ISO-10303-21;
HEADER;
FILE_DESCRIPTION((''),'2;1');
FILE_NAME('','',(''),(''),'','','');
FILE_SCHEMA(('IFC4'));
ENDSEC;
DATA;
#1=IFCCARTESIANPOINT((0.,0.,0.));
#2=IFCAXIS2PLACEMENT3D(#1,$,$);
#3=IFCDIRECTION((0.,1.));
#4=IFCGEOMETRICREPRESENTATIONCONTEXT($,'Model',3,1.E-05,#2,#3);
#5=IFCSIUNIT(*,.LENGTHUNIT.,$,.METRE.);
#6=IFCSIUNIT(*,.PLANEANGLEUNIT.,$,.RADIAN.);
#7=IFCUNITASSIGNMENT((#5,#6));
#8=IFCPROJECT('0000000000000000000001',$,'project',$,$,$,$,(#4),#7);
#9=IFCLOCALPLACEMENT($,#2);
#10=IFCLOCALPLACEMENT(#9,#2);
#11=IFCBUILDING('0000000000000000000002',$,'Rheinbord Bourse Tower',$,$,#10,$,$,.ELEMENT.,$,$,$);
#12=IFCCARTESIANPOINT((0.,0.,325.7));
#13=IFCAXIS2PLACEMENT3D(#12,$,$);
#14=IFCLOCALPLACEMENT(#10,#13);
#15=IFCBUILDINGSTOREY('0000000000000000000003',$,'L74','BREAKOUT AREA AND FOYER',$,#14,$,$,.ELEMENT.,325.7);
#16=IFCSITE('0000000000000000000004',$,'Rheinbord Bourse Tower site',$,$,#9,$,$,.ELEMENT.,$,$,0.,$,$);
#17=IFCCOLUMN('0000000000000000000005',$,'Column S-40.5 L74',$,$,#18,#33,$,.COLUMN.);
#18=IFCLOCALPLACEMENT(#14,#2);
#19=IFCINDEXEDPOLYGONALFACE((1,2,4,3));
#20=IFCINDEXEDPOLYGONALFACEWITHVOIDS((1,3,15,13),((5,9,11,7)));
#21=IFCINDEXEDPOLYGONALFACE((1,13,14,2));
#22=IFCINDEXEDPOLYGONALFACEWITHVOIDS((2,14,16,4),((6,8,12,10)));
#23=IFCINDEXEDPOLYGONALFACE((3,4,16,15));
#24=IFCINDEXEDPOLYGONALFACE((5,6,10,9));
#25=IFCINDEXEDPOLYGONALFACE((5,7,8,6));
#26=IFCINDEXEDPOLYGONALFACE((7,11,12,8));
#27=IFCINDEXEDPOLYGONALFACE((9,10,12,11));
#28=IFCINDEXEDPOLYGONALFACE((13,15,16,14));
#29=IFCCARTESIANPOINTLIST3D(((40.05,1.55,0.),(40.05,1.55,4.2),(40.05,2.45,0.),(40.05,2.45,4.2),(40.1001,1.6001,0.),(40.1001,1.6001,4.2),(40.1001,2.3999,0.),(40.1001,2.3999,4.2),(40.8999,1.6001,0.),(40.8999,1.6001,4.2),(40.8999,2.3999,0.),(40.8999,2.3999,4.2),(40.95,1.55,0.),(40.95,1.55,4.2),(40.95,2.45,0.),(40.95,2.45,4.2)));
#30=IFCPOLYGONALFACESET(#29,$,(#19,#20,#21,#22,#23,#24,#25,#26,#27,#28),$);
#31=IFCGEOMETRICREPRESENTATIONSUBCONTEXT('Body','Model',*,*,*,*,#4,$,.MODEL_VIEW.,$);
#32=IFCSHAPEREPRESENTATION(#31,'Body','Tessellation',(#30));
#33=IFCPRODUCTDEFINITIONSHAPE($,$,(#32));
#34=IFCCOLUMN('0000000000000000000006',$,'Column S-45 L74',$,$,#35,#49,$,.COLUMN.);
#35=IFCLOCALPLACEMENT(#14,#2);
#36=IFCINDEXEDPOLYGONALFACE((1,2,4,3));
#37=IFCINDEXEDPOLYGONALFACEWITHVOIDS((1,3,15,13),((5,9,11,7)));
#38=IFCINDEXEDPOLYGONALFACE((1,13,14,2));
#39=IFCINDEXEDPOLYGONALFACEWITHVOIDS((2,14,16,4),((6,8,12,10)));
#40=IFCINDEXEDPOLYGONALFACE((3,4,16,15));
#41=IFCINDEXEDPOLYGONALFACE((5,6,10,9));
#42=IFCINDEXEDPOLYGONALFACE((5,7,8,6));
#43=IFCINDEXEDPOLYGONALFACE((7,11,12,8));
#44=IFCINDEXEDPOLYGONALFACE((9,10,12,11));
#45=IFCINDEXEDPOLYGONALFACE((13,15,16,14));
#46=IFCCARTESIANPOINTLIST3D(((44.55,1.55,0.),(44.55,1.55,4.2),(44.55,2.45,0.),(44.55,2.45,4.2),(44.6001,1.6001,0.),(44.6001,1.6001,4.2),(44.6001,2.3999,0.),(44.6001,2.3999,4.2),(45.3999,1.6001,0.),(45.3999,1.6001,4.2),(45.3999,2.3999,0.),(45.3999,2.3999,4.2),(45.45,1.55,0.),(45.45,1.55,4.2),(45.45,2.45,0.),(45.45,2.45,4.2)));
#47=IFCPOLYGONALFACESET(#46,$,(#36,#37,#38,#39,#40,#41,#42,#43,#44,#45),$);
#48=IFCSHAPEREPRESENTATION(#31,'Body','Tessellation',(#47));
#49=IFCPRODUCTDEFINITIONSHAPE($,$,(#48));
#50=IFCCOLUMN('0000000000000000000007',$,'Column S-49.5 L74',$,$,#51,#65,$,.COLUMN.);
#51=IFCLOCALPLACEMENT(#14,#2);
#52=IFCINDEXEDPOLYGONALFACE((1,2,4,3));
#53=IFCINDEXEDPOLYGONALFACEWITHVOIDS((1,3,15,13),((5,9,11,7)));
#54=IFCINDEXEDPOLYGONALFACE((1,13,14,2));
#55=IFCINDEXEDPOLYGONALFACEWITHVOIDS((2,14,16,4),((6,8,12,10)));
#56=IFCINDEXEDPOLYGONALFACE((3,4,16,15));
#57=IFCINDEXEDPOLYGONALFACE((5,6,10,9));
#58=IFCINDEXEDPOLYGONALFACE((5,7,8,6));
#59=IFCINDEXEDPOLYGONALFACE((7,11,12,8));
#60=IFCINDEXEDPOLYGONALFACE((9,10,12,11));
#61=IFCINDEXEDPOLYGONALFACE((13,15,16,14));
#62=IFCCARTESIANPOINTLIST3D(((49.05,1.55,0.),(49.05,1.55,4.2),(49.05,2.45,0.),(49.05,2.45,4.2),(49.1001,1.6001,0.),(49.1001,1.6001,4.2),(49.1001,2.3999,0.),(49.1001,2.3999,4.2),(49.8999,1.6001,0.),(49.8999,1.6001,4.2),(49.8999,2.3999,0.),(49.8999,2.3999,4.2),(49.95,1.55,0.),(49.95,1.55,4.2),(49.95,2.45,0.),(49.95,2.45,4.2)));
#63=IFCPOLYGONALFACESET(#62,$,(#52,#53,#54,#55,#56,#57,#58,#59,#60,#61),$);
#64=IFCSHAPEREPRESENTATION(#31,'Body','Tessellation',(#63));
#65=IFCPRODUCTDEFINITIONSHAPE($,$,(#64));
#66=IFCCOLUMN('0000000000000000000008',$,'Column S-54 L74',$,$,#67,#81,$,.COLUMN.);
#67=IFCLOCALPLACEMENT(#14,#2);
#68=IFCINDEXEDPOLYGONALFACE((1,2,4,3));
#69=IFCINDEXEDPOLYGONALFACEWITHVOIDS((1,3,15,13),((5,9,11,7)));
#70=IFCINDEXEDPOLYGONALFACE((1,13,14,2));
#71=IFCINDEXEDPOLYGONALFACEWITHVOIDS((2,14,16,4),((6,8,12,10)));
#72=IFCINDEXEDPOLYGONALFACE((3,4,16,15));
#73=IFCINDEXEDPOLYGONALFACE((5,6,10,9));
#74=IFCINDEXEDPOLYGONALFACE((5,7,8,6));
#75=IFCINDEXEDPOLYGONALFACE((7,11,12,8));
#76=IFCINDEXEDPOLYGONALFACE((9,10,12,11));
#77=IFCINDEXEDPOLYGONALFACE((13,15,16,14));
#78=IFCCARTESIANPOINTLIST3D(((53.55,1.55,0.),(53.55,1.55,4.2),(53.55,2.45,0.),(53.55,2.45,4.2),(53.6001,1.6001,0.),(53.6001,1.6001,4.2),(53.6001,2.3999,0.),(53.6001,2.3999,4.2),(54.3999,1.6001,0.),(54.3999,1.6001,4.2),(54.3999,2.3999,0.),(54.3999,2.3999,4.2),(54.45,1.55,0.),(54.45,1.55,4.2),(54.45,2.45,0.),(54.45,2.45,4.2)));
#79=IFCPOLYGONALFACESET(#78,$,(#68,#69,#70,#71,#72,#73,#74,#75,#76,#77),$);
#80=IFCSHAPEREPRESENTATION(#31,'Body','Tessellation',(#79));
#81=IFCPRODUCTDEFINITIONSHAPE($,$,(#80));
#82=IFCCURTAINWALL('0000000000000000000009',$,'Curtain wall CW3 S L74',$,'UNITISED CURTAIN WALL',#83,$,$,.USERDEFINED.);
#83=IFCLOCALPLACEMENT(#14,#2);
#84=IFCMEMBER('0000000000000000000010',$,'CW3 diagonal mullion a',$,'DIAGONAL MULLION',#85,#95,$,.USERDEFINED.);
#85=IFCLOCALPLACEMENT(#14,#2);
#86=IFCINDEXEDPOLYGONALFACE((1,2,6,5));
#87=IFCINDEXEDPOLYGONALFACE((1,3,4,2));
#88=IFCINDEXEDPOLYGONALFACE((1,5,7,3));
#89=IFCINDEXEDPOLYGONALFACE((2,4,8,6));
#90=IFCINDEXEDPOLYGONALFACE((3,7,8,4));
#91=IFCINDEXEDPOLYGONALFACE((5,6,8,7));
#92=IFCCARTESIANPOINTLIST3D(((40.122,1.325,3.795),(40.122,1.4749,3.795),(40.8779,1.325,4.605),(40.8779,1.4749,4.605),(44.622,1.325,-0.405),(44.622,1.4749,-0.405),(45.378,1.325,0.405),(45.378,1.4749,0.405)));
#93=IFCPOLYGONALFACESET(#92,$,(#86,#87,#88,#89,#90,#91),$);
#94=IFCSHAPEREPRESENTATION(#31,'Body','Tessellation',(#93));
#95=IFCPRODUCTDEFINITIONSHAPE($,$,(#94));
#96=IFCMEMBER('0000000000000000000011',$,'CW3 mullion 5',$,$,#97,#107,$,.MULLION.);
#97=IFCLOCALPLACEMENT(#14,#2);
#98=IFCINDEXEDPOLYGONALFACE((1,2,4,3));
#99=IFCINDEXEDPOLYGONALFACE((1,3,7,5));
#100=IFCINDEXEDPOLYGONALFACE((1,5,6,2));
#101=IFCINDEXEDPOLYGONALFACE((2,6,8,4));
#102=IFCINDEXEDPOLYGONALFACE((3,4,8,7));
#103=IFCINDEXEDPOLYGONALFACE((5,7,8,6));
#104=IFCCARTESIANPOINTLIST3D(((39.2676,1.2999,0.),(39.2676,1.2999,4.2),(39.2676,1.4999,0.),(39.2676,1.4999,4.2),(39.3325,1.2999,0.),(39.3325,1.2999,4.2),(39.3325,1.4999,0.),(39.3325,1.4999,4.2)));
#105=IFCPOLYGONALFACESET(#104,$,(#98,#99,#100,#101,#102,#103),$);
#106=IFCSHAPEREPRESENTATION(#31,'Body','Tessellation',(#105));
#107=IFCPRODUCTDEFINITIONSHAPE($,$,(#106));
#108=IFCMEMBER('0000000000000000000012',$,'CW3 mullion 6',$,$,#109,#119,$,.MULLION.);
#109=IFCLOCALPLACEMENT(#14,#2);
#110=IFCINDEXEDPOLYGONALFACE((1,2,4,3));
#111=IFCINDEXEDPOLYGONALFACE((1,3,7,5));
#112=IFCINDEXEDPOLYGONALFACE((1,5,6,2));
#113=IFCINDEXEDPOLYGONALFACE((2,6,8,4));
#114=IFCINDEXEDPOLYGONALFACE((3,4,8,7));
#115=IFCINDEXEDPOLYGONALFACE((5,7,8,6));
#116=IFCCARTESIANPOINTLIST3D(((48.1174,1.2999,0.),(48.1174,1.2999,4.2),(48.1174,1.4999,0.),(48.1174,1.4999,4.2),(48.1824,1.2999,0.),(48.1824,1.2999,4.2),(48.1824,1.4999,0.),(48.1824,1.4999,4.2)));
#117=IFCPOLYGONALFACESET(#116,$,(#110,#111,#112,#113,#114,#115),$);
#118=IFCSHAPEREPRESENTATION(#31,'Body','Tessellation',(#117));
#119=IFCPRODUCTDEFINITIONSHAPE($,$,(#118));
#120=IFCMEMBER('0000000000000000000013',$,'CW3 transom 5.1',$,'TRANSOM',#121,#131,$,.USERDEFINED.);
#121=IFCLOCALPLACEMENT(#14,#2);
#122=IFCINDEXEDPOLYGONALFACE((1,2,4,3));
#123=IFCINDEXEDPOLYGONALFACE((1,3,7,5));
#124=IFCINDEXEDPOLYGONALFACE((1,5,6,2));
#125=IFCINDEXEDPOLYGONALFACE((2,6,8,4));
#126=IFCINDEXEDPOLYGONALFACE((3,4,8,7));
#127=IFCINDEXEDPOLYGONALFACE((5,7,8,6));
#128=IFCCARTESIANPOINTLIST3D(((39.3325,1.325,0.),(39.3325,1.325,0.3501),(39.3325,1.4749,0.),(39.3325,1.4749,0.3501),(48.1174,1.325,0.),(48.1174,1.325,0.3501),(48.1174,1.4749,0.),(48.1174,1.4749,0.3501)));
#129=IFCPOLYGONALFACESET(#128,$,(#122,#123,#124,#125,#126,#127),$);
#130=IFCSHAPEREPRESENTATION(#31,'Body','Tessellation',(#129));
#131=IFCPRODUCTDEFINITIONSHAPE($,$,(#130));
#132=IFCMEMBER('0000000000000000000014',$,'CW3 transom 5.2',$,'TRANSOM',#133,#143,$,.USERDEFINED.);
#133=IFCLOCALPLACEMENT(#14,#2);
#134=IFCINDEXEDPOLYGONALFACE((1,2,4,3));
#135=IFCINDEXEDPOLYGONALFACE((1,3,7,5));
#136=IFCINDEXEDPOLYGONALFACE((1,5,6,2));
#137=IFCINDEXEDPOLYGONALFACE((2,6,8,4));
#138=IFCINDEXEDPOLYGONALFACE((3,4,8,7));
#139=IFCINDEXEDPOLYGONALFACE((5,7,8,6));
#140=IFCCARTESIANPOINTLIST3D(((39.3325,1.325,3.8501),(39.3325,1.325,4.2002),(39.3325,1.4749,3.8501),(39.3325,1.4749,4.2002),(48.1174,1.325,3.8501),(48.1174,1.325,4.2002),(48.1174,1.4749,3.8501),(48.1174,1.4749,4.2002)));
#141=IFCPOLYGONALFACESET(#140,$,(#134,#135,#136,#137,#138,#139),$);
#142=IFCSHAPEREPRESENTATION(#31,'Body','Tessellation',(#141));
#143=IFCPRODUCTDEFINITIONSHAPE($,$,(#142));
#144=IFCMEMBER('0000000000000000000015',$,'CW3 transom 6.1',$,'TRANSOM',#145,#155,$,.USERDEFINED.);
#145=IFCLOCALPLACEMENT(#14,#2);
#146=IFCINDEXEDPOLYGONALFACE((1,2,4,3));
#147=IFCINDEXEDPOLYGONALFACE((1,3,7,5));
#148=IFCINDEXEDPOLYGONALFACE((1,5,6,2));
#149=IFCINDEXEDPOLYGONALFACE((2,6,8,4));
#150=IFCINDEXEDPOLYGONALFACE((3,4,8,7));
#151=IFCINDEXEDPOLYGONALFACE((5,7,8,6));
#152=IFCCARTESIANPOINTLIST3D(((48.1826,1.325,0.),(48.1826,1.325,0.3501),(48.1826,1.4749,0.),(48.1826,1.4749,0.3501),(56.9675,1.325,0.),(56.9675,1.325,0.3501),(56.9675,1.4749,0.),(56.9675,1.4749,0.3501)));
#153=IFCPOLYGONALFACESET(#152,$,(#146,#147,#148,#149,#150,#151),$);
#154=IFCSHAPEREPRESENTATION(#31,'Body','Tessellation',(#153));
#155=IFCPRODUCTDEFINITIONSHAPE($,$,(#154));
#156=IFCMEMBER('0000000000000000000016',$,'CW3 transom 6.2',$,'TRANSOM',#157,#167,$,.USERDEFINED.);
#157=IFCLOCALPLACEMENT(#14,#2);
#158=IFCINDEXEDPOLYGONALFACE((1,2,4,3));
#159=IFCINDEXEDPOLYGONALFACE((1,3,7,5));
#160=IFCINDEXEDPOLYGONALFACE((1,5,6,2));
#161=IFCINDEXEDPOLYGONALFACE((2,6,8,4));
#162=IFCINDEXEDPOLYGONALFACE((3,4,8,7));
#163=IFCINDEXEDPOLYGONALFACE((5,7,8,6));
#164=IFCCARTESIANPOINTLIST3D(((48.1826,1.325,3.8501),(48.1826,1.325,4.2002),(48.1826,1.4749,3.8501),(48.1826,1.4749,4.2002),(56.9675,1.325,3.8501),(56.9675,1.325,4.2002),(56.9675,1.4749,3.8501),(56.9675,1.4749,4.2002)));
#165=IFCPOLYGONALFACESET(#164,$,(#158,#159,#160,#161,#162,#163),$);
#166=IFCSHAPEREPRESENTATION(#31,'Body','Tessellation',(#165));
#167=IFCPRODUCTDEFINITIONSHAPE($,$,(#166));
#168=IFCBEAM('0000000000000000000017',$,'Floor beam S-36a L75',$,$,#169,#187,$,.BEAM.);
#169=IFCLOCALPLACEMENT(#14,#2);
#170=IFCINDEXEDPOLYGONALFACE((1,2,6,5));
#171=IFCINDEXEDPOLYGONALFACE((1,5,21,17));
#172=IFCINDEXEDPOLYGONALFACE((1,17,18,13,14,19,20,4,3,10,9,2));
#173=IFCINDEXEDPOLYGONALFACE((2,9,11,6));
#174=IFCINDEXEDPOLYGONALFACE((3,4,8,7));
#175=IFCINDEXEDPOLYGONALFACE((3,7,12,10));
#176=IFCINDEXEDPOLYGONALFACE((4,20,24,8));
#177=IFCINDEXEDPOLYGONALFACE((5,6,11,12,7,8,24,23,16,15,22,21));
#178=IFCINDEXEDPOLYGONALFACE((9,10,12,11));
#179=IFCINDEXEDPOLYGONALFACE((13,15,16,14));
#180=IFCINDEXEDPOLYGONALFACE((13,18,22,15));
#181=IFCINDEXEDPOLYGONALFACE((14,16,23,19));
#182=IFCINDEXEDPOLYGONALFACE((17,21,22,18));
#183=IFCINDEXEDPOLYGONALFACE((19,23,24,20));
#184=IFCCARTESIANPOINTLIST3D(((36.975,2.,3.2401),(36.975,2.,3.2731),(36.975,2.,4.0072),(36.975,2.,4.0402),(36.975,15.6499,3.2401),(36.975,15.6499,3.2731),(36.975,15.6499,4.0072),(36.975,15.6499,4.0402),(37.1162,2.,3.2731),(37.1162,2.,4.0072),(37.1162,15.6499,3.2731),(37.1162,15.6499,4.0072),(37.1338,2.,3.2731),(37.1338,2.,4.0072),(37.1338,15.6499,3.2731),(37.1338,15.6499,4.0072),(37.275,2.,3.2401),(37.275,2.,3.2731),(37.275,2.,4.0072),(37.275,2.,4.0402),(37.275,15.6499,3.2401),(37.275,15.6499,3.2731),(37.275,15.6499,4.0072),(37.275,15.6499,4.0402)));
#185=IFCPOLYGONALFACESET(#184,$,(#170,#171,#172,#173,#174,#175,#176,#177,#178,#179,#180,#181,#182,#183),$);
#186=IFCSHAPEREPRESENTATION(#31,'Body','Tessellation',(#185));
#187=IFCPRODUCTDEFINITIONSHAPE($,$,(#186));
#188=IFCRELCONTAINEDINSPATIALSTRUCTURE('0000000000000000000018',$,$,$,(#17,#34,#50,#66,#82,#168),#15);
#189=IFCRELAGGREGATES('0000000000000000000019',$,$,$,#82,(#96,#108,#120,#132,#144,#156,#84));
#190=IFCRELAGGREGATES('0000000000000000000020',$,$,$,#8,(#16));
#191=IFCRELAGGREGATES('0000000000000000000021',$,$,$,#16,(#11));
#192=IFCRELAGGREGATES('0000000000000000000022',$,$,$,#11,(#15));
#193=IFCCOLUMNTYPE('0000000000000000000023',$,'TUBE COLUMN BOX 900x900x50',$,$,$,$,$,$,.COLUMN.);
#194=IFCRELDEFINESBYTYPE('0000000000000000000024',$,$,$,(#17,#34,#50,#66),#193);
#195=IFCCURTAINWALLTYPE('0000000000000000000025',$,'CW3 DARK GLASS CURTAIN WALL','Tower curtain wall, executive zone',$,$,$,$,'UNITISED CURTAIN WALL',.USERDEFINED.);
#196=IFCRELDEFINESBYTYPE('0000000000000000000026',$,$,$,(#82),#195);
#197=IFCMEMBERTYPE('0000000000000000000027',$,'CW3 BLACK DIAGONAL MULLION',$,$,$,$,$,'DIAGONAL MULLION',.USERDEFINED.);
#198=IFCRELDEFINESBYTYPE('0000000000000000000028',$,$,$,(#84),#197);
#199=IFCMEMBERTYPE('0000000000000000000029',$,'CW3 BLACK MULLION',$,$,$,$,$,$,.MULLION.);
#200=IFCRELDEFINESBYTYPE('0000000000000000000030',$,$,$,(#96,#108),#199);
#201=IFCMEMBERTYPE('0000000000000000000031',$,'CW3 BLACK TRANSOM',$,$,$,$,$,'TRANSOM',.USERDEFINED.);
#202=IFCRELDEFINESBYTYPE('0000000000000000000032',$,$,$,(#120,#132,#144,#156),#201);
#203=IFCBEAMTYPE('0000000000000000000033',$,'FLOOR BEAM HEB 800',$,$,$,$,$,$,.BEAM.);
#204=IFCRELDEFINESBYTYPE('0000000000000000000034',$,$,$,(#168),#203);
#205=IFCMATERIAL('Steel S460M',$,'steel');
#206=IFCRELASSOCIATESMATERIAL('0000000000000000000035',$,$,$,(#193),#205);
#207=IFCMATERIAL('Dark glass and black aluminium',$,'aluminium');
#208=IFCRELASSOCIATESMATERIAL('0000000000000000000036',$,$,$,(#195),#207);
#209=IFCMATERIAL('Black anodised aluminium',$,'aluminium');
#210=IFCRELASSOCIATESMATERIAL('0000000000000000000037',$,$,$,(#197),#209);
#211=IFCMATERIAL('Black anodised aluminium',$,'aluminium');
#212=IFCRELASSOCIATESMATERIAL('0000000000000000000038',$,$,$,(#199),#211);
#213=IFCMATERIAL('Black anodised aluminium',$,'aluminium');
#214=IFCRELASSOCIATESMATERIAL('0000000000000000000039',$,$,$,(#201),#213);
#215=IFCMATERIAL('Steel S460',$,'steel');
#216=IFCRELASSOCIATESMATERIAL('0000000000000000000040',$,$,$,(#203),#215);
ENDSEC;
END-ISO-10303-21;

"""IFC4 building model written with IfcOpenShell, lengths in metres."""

from ifc_helpers import new_model, si_unit, direction, frame, origin, origin_2d, place, context, subcontext, project, spatial, rectangle, hollow_rectangle, i_section, extrude, material, material_profile, profile_set, type_object, element, aggregate, save


model = new_model("IFC4")

# Units and contexts
model_context = context("Model", 3, precision=1e-05, world=origin(), true_north=direction((0.0, 1.0)))
body_context = subcontext(model_context, "Body", "Model", "MODEL_VIEW")
ifc_project = project(units=[si_unit("LENGTHUNIT", "METRE"), si_unit("PLANEANGLEUNIT", "RADIAN")], contexts=[model_context])

# Site, building, storey
site_placement = place(None, origin())
site = spatial("IfcSite", under=ifc_project, at=site_placement, Name="Rheinbord Bourse Tower site", CompositionType="ELEMENT", RefElevation=0.0)
building_placement = place(site_placement, origin())
building = spatial("IfcBuilding", under=site, at=building_placement, Name="Rheinbord Bourse Tower", CompositionType="ELEMENT")
storey_placement = place(building_placement, frame((0.0, 0.0, 325.7)))
storey = spatial("IfcBuildingStorey", under=building, at=storey_placement, Name="L74", Description="BREAKOUT AREA AND FOYER", CompositionType="ELEMENT", Elevation=325.7)

# Columns
ifc_material_1 = material(Name="Steel S460M", Category="steel")
ifc_material_profile_1 = material_profile(ifc_material_1, hollow_rectangle(XDim=0.8999, YDim=0.8999, WallThickness=0.05, at=origin_2d()), Name="BOX 900x900x50")
ifc_profile_set_1 = profile_set([ifc_material_profile_1], Name="Steel S460M")
column_type = type_object("IfcColumnType", Name="TUBE COLUMN BOX 900x900x50", PredefinedType="COLUMN", material=ifc_profile_set_1)
for number, where, z_axis, x_axis, name in (
    (1, (40.5, 2.0, 0.0), (0.0, 0.0, 1.0), (0.0, 1.0, 0.0), "Column S-40.5 L74"),
    (2, (45.0, 2.0, 0.0), (0.0, 0.0, 1.0), (0.0, 1.0, 0.0), "Column S-45 L74"),
    (3, (49.5, 2.0, 0.0), (0.0, 0.0, 1.0), (0.0, 1.0, 0.0), "Column S-49.5 L74"),
    (4, (54.0, 2.0, 0.0), (0.0, 0.0, 1.0), (0.0, 1.0, 0.0), "Column S-54 L74"),
):
    element("IfcColumn", number, at=place(storey_placement, frame(where, z_axis=z_axis, x_axis=x_axis)), inside=storey, type_object=column_type, Name=name, PredefinedType="COLUMN", context=body_context, shape_type="SweptSolid", body=[
        extrude(hollow_rectangle(XDim=0.8999, YDim=0.8999, WallThickness=0.05, at=origin_2d()), origin(), (0.0, 0.0, 1.0), 4.2),
    ])

# Curtain wall, members
ifc_material_2 = material(Name="Dark glass and black aluminium", Category="aluminium")
curtain_wall_type = type_object("IfcCurtainWallType", Name="CW3 DARK GLASS CURTAIN WALL", Description="Tower curtain wall, executive zone", ElementType="UNITISED CURTAIN WALL", PredefinedType="USERDEFINED", material=ifc_material_2)
curtain_wall_placement = place(storey_placement, origin())
curtain_wall = element("IfcCurtainWall", 5, at=curtain_wall_placement, inside=storey, type_object=curtain_wall_type, Name="Curtain wall CW3 S L74", ObjectType="UNITISED CURTAIN WALL", PredefinedType="USERDEFINED")
ifc_material_3 = material(Name="Black anodised aluminium", Category="aluminium")
ifc_material_profile_2 = material_profile(ifc_material_3, rectangle(XDim=0.1499, YDim=1.1079, at=origin_2d()), Name="CW3 DIAGONAL MULLION 1108x150")
ifc_profile_set_2 = profile_set([ifc_material_profile_2], Name="Black anodised aluminium")
member_type_1 = type_object("IfcMemberType", Name="CW3 BLACK DIAGONAL MULLION", ElementType="DIAGONAL MULLION", PredefinedType="USERDEFINED", material=ifc_profile_set_2)
member_1_placement = place(storey_placement, frame((45.0, 1.3999, 0.0), z_axis=(-0.731059, 0.0, 0.682314), x_axis=(0.0, -1.0, 0.0)))
member_1 = element("IfcMember", 6, at=member_1_placement, type_object=member_type_1, Name="CW3 diagonal mullion a", ObjectType="DIAGONAL MULLION", PredefinedType="USERDEFINED", context=body_context, shape_type="SweptSolid", body=[
    extrude(rectangle(XDim=0.1499, YDim=1.1079, at=origin_2d()), origin(), (0.0, 0.0, 1.0), 6.1555),
])
ifc_material_4 = material(Name="Black anodised aluminium", Category="aluminium")
ifc_material_profile_3 = material_profile(ifc_material_4, rectangle(XDim=0.2, YDim=0.0649, at=origin_2d()), Name="CW3 MULLION 65x200")
ifc_profile_set_3 = profile_set([ifc_material_profile_3], Name="Black anodised aluminium")
member_type_2 = type_object("IfcMemberType", Name="CW3 BLACK MULLION", PredefinedType="MULLION", material=ifc_profile_set_3)
member_2_placement = place(storey_placement, frame((39.3, 1.3999, 0.0), z_axis=(0.0, 0.0, 1.0), x_axis=(0.0, 1.0, 0.0)))
member_2 = element("IfcMember", 7, at=member_2_placement, type_object=member_type_2, Name="CW3 mullion 5", PredefinedType="MULLION", context=body_context, shape_type="SweptSolid", body=[
    extrude(rectangle(XDim=0.2, YDim=0.0649, at=origin_2d()), origin(), (0.0, 0.0, 1.0), 4.2),
])
member_3_placement = place(storey_placement, frame((48.1499, 1.3999, 0.0), z_axis=(0.0, 0.0, 1.0), x_axis=(0.0, 1.0, 0.0)))
member_3 = element("IfcMember", 8, at=member_3_placement, type_object=member_type_2, Name="CW3 mullion 6", PredefinedType="MULLION", context=body_context, shape_type="SweptSolid", body=[
    extrude(rectangle(XDim=0.2, YDim=0.0649, at=origin_2d()), origin(), (0.0, 0.0, 1.0), 4.2),
])
ifc_material_5 = material(Name="Black anodised aluminium", Category="aluminium")
ifc_material_profile_4 = material_profile(ifc_material_5, rectangle(XDim=0.1499, YDim=0.3501, at=origin_2d()), Name="CW3 TRANSOM 350x150")
ifc_profile_set_4 = profile_set([ifc_material_profile_4], Name="Black anodised aluminium")
member_type_3 = type_object("IfcMemberType", Name="CW3 BLACK TRANSOM", ElementType="TRANSOM", PredefinedType="USERDEFINED", material=ifc_profile_set_4)
member_4_placement = place(storey_placement, frame((39.3325, 1.3999, 0.175), z_axis=(1.0, 0.0, 0.0), x_axis=(0.0, 1.0, 0.0)))
member_4 = element("IfcMember", 9, at=member_4_placement, type_object=member_type_3, Name="CW3 transom 5.1", ObjectType="TRANSOM", PredefinedType="USERDEFINED", context=body_context, shape_type="SweptSolid", body=[
    extrude(rectangle(XDim=0.1499, YDim=0.3501, at=origin_2d()), origin(), (0.0, 0.0, 1.0), 8.7849),
])
member_5_placement = place(storey_placement, frame((39.3325, 1.3999, 4.0251), z_axis=(1.0, 0.0, 0.0), x_axis=(0.0, 1.0, 0.0)))
member_5 = element("IfcMember", 10, at=member_5_placement, type_object=member_type_3, Name="CW3 transom 5.2", ObjectType="TRANSOM", PredefinedType="USERDEFINED", context=body_context, shape_type="SweptSolid", body=[
    extrude(rectangle(XDim=0.1499, YDim=0.3501, at=origin_2d()), origin(), (0.0, 0.0, 1.0), 8.7849),
])
member_6_placement = place(storey_placement, frame((48.1826, 1.3999, 0.175), z_axis=(1.0, 0.0, 0.0), x_axis=(0.0, 1.0, 0.0)))
member_6 = element("IfcMember", 11, at=member_6_placement, type_object=member_type_3, Name="CW3 transom 6.1", ObjectType="TRANSOM", PredefinedType="USERDEFINED", context=body_context, shape_type="SweptSolid", body=[
    extrude(rectangle(XDim=0.1499, YDim=0.3501, at=origin_2d()), origin(), (0.0, 0.0, 1.0), 8.7849),
])
member_7_placement = place(storey_placement, frame((48.1826, 1.3999, 4.0251), z_axis=(1.0, 0.0, 0.0), x_axis=(0.0, 1.0, 0.0)))
member_7 = element("IfcMember", 12, at=member_7_placement, type_object=member_type_3, Name="CW3 transom 6.2", ObjectType="TRANSOM", PredefinedType="USERDEFINED", context=body_context, shape_type="SweptSolid", body=[
    extrude(rectangle(XDim=0.1499, YDim=0.3501, at=origin_2d()), origin(), (0.0, 0.0, 1.0), 8.7849),
])

# Beam
ifc_material_6 = material(Name="Steel S460", Category="steel")
ifc_material_profile_5 = material_profile(ifc_material_6, i_section(OverallWidth=0.3, OverallDepth=0.8, WebThickness=0.0176, FlangeThickness=0.033, at=origin_2d()), Name="HEB 800")
ifc_profile_set_5 = profile_set([ifc_material_profile_5], Name="Steel S460")
beam_type_1 = type_object("IfcBeamType", Name="FLOOR BEAM HEB 800", PredefinedType="BEAM", material=ifc_profile_set_5)
for number, where, z_axis, x_axis, name in (
    (13, (37.125, 2.0, 3.6401), (0.0, 1.0, 0.0), (-1.0, 0.0, 0.0), "Floor beam S-36a L75"),
):
    element("IfcBeam", number, at=place(storey_placement, frame(where, z_axis=z_axis, x_axis=x_axis)), inside=storey, type_object=beam_type_1, Name=name, PredefinedType="BEAM", context=body_context, shape_type="SweptSolid", body=[
        extrude(i_section(OverallWidth=0.3, OverallDepth=0.8, WebThickness=0.0176, FlangeThickness=0.033, at=origin_2d()), origin(), (0.0, 0.0, 1.0), 13.6499),
    ])

aggregate(curtain_wall, [member_2, member_3, member_4, member_5, member_6, member_7, member_1])

save(model, "model.ifc")
